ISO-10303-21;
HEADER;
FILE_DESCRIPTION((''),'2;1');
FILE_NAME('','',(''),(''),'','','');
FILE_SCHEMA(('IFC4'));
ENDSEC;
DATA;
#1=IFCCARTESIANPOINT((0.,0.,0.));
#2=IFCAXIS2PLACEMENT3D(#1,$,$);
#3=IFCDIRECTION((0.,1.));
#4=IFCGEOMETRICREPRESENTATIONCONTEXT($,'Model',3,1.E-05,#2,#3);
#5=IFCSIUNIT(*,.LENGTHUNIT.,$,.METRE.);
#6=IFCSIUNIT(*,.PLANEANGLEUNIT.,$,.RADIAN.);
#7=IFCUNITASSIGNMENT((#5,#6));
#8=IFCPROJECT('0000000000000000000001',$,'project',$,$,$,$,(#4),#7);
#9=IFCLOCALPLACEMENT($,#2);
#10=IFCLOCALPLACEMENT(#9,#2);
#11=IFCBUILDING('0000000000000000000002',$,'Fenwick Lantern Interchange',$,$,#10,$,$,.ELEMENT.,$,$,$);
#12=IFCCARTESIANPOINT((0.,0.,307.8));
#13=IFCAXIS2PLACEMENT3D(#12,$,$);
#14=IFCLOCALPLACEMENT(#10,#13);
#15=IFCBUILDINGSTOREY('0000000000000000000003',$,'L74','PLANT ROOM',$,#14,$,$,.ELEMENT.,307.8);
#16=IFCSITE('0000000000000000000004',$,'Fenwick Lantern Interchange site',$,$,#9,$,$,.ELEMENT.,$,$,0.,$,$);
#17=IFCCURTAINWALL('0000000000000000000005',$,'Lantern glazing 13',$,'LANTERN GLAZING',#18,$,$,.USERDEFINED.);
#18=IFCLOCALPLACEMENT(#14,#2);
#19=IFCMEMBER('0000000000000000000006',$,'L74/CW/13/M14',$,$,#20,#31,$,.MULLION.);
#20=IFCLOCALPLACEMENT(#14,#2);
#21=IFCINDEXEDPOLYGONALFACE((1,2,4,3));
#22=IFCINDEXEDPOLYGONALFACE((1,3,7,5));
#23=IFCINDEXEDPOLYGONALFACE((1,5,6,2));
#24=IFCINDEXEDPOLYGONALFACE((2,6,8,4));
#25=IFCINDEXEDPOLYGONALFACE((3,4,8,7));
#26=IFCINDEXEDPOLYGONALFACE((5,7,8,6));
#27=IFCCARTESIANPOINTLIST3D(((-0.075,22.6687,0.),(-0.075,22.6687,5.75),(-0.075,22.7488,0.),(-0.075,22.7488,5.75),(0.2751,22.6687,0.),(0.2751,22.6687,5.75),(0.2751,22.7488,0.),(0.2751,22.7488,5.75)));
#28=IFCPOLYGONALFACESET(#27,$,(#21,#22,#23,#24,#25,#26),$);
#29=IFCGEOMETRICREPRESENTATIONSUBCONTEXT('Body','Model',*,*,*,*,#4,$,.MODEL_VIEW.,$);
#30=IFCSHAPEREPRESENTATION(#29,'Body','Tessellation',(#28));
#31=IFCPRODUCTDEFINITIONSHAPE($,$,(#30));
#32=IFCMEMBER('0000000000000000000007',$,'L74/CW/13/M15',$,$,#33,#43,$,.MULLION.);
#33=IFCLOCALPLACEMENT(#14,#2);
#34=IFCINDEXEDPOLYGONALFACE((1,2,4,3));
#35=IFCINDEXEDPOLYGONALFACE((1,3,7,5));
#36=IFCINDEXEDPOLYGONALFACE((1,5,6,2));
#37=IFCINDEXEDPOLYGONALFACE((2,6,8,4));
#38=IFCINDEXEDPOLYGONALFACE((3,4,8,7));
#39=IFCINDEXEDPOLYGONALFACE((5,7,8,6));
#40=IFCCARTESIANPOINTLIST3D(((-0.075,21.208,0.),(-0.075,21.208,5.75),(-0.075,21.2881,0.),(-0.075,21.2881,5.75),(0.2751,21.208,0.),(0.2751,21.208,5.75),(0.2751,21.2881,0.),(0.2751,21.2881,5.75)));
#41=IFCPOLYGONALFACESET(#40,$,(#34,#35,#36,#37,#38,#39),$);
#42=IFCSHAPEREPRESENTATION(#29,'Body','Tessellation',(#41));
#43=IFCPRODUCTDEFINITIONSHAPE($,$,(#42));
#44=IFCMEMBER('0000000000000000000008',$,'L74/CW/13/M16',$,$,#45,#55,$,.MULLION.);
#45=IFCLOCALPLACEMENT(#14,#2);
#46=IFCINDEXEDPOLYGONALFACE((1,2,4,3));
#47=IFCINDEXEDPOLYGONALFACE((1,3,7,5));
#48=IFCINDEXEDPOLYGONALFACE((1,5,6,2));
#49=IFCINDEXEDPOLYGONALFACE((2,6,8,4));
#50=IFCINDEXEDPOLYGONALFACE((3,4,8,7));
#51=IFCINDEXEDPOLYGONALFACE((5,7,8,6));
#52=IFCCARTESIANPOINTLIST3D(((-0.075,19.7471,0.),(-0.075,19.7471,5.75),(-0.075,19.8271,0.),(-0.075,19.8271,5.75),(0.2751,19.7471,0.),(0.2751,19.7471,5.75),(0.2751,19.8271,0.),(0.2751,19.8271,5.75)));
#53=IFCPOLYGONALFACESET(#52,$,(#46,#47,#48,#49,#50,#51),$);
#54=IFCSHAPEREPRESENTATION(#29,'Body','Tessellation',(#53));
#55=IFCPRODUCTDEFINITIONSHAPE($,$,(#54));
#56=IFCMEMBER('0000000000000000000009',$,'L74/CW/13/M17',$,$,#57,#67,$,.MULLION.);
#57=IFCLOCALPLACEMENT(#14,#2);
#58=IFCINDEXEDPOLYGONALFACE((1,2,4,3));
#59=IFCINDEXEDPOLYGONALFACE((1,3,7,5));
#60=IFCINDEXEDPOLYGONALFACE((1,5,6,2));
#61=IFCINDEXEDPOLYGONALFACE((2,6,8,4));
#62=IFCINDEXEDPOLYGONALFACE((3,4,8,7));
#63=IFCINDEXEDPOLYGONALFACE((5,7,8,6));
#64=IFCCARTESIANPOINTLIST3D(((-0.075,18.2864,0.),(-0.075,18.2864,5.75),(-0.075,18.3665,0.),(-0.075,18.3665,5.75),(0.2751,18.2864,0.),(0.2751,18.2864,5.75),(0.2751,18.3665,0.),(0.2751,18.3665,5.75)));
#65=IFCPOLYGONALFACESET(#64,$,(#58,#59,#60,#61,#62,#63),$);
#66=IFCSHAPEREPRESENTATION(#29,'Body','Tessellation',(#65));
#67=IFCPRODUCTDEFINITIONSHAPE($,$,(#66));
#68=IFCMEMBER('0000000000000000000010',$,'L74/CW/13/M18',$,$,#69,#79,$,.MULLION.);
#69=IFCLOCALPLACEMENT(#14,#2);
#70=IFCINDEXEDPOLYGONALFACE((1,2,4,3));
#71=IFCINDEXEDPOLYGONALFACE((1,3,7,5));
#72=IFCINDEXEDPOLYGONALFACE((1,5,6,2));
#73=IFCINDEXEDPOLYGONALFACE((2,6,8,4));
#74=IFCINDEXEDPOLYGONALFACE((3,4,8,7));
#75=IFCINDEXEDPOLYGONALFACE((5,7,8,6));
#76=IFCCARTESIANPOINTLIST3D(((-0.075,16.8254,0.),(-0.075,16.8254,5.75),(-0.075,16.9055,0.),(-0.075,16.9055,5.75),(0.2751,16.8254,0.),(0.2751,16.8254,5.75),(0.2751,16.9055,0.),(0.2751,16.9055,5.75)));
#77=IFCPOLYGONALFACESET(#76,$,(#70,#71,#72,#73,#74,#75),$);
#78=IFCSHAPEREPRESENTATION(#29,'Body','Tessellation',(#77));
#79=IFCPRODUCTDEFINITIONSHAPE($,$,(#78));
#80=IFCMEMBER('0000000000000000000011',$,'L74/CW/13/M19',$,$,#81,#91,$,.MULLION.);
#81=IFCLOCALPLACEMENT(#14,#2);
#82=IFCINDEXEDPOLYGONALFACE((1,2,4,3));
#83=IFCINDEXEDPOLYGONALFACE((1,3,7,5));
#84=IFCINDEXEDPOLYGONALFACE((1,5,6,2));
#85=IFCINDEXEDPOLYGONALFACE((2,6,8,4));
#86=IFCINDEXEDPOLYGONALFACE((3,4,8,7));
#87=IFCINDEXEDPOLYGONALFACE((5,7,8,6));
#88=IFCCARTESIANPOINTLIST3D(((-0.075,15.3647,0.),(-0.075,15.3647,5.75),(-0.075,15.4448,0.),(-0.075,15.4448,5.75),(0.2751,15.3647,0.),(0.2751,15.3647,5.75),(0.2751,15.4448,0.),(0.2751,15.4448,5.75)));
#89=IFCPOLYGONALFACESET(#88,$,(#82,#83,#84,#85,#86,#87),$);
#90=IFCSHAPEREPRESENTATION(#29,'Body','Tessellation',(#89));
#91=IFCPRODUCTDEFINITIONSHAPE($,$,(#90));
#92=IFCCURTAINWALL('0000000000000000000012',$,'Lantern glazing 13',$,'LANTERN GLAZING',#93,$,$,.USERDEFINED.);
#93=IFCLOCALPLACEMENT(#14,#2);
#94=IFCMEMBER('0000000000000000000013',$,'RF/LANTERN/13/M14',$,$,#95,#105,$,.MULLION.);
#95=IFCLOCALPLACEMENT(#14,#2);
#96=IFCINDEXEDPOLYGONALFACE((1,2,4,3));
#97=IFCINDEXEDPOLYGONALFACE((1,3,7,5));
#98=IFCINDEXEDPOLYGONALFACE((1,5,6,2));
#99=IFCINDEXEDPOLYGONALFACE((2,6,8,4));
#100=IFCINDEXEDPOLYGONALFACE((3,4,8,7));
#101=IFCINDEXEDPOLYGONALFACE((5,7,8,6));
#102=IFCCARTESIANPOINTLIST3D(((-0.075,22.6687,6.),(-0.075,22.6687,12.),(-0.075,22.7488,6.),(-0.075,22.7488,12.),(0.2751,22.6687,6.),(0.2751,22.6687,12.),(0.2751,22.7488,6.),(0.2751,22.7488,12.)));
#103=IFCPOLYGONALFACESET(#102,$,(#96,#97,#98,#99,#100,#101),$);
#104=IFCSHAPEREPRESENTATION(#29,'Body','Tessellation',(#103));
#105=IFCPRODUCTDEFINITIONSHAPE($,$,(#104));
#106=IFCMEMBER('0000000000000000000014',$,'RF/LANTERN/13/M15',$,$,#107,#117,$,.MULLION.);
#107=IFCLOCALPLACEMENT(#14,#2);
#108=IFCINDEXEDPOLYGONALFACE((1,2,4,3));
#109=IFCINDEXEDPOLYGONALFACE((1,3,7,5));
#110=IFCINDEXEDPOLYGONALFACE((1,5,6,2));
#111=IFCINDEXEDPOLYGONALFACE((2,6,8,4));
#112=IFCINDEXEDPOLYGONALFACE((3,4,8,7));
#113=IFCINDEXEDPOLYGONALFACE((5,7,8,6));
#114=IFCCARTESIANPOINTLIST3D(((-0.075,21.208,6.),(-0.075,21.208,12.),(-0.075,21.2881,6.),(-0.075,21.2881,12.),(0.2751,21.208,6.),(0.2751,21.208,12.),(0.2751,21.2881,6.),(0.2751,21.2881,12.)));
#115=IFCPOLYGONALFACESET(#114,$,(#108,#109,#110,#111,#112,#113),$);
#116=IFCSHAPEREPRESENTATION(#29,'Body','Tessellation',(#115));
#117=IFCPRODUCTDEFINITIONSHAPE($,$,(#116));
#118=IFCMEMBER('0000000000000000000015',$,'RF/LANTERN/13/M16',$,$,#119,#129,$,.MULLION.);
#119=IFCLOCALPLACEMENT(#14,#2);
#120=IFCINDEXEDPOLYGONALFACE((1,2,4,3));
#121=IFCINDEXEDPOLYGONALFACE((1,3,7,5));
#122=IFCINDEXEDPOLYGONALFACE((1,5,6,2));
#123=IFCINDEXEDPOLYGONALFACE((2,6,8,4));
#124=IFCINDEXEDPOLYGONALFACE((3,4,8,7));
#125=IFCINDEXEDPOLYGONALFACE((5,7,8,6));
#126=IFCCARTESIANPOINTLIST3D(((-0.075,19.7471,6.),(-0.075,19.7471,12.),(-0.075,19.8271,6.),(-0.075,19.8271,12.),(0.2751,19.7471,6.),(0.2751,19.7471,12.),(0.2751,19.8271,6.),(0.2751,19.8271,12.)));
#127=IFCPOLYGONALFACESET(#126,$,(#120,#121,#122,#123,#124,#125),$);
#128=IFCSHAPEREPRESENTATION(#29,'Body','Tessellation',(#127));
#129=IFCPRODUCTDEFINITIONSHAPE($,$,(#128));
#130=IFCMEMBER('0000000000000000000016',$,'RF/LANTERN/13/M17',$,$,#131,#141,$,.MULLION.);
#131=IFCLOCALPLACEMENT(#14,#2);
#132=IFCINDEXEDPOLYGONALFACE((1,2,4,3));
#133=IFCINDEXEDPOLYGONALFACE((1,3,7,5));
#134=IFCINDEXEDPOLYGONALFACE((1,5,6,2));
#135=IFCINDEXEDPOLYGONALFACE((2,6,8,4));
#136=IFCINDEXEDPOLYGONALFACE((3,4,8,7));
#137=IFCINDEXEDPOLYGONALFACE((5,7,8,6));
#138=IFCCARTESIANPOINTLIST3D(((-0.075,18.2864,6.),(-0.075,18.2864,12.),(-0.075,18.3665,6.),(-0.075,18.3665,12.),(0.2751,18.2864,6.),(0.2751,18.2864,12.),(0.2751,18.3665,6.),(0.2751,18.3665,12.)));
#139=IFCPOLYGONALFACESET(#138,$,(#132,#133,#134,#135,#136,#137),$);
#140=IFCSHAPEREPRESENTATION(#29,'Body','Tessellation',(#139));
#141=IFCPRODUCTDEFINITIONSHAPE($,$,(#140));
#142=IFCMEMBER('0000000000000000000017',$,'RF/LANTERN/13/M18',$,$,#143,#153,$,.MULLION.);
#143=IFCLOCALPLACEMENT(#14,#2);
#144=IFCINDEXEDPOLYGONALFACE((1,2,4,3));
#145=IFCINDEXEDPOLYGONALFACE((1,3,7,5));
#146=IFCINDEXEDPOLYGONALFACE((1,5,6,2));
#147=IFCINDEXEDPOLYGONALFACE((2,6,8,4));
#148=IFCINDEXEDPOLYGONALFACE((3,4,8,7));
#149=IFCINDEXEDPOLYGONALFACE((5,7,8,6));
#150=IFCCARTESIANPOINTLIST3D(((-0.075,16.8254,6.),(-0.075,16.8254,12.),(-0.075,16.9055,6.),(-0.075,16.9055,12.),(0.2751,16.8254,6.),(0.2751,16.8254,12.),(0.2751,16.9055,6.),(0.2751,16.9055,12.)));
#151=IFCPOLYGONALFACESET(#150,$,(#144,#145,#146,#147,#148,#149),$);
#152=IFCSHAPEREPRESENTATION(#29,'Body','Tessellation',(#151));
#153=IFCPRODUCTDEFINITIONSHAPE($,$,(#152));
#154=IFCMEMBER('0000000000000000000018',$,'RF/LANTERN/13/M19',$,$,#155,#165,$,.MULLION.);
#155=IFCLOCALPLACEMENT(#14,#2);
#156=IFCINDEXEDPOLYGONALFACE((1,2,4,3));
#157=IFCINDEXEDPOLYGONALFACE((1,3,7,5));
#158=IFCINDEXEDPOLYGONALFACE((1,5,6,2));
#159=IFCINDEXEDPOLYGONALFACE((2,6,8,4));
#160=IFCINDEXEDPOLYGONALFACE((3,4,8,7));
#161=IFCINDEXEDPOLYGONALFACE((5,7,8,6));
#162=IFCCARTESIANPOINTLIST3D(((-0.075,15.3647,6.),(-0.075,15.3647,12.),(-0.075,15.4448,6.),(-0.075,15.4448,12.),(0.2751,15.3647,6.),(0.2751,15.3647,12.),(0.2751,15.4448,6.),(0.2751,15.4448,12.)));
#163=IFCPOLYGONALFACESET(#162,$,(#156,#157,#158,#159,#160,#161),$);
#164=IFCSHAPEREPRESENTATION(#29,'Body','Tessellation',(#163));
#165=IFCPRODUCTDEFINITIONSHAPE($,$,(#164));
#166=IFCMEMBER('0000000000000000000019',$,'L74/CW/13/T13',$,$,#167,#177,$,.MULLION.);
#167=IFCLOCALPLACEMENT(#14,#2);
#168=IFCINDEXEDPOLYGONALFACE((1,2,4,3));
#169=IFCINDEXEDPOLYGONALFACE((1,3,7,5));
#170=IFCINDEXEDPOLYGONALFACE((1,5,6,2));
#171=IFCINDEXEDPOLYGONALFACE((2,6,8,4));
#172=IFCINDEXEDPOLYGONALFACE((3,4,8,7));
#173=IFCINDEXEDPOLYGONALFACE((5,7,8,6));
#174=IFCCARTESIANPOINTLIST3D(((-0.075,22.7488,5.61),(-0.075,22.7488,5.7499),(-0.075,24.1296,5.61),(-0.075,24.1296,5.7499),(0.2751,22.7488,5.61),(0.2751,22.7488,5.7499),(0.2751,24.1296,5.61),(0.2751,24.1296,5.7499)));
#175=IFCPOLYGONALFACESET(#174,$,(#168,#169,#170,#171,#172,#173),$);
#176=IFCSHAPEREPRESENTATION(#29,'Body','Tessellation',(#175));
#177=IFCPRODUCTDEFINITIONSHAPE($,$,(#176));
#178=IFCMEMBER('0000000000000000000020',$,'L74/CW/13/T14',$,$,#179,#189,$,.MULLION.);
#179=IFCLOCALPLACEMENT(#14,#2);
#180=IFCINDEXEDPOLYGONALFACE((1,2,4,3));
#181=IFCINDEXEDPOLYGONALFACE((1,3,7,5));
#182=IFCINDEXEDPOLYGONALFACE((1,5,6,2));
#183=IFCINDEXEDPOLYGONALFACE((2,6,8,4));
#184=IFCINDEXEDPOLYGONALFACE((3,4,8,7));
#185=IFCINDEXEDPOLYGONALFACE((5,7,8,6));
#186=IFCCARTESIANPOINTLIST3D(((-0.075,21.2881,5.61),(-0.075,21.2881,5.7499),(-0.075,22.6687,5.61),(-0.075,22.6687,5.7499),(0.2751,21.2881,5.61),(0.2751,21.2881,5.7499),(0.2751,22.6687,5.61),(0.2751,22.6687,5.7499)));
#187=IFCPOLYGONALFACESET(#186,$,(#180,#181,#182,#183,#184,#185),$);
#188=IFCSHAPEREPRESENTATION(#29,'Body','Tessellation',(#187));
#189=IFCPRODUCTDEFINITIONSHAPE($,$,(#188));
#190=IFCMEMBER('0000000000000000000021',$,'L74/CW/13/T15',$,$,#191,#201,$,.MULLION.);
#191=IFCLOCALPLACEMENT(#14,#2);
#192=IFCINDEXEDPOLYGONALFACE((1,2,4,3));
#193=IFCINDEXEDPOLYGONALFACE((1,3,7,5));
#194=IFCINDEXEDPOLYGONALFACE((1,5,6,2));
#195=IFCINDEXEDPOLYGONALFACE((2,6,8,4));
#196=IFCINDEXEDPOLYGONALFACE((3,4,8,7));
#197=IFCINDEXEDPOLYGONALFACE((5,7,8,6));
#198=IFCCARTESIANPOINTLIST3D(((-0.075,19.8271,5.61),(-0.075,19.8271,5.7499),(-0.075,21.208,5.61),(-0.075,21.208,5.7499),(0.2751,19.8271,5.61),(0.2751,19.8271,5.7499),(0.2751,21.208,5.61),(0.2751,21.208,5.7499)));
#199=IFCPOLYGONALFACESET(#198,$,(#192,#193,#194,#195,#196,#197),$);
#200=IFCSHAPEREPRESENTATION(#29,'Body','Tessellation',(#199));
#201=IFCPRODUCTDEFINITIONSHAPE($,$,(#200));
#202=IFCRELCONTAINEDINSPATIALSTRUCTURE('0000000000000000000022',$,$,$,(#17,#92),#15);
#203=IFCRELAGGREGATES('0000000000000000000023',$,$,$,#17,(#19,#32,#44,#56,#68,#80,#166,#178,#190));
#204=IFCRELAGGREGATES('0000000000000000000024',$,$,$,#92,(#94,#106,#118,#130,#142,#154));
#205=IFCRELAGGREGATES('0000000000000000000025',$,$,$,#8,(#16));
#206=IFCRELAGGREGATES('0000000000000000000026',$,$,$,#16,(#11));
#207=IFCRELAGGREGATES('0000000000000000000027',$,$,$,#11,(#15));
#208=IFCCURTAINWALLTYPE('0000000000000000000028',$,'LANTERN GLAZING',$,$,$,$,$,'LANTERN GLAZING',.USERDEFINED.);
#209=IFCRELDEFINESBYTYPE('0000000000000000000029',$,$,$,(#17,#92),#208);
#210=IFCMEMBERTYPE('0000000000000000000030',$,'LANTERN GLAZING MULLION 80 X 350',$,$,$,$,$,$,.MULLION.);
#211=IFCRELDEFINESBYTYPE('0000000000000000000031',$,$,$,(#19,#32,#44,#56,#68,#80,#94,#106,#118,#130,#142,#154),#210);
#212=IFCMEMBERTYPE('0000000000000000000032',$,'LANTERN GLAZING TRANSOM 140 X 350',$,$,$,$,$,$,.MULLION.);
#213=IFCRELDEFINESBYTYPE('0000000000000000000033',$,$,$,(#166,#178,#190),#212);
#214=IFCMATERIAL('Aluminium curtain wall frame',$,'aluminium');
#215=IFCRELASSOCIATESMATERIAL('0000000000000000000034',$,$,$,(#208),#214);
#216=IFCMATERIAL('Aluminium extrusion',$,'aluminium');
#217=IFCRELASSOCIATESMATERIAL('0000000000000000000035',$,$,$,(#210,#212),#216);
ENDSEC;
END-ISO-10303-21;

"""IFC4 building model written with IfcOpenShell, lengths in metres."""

from ifc_helpers import new_model, si_unit, direction, frame, origin, origin_2d, place, context, subcontext, project, spatial, rectangle, extrude, material, material_profile, profile_set, type_object, element, aggregate, save


model = new_model("IFC4")

# Units and contexts
model_context = context("Model", 3, precision=1e-05, world=origin(), true_north=direction((0.0, 1.0)))
body_context = subcontext(model_context, "Body", "Model", "MODEL_VIEW")
ifc_project = project(units=[si_unit("LENGTHUNIT", "METRE"), si_unit("PLANEANGLEUNIT", "RADIAN")], contexts=[model_context])

# Site, building, storey
site_placement = place(None, origin())
site = spatial("IfcSite", under=ifc_project, at=site_placement, Name="Fenwick Lantern Interchange site", CompositionType="ELEMENT", RefElevation=0.0)
building_placement = place(site_placement, origin())
building = spatial("IfcBuilding", under=site, at=building_placement, Name="Fenwick Lantern Interchange", CompositionType="ELEMENT")
storey_placement = place(building_placement, frame((0.0, 0.0, 307.8)))
storey = spatial("IfcBuildingStorey", under=building, at=storey_placement, Name="L74", Description="PLANT ROOM", CompositionType="ELEMENT", Elevation=307.8)

# Curtain walls, members
ifc_material_1 = material(Name="Aluminium curtain wall frame", Category="aluminium")
curtain_wall_type = type_object("IfcCurtainWallType", Name="LANTERN GLAZING", ElementType="LANTERN GLAZING", PredefinedType="USERDEFINED", material=ifc_material_1)
curtain_wall_1_placement = place(storey_placement, origin())
curtain_wall_1 = element("IfcCurtainWall", 1, at=curtain_wall_1_placement, inside=storey, type_object=curtain_wall_type, Name="Lantern glazing 13", ObjectType="LANTERN GLAZING", PredefinedType="USERDEFINED")
ifc_material_2 = material(Name="Aluminium extrusion", Category="aluminium")
ifc_material_profile_1 = material_profile(ifc_material_2, rectangle(XDim=0.3501, YDim=0.0801, at=origin_2d()), Name="LANTERN GLAZING MULLION 80 X 350")
ifc_profile_set_1 = profile_set([ifc_material_profile_1], Name="Aluminium extrusion")
member_type_1 = type_object("IfcMemberType", Name="LANTERN GLAZING MULLION 80 X 350", PredefinedType="MULLION", material=ifc_profile_set_1)
member_1_placement = place(storey_placement, frame((0.1001, 22.7087, 0.0), z_axis=(0.0, 0.0, 1.0), x_axis=(1.0, 0.0, 0.0)))
member_1 = element("IfcMember", 2, at=member_1_placement, type_object=member_type_1, Name="L74/CW/13/M14", PredefinedType="MULLION", context=body_context, shape_type="SweptSolid", body=[
    extrude(rectangle(XDim=0.3501, YDim=0.0801, at=origin_2d()), origin(), (0.0, 0.0, 1.0), 5.75),
])
member_2_placement = place(storey_placement, frame((0.1001, 21.248, 0.0), z_axis=(0.0, 0.0, 1.0), x_axis=(1.0, 0.0, 0.0)))
member_2 = element("IfcMember", 3, at=member_2_placement, type_object=member_type_1, Name="L74/CW/13/M15", PredefinedType="MULLION", context=body_context, shape_type="SweptSolid", body=[
    extrude(rectangle(XDim=0.3501, YDim=0.0801, at=origin_2d()), origin(), (0.0, 0.0, 1.0), 5.75),
])
member_3_placement = place(storey_placement, frame((0.1001, 19.7871, 0.0), z_axis=(0.0, 0.0, 1.0), x_axis=(1.0, 0.0, 0.0)))
member_3 = element("IfcMember", 4, at=member_3_placement, type_object=member_type_1, Name="L74/CW/13/M16", PredefinedType="MULLION", context=body_context, shape_type="SweptSolid", body=[
    extrude(rectangle(XDim=0.3501, YDim=0.0801, at=origin_2d()), origin(), (0.0, 0.0, 1.0), 5.75),
])
member_4_placement = place(storey_placement, frame((0.1001, 18.3264, 0.0), z_axis=(0.0, 0.0, 1.0), x_axis=(1.0, 0.0, 0.0)))
member_4 = element("IfcMember", 5, at=member_4_placement, type_object=member_type_1, Name="L74/CW/13/M17", PredefinedType="MULLION", context=body_context, shape_type="SweptSolid", body=[
    extrude(rectangle(XDim=0.3501, YDim=0.0801, at=origin_2d()), origin(), (0.0, 0.0, 1.0), 5.75),
])
member_5_placement = place(storey_placement, frame((0.1001, 16.8655, 0.0), z_axis=(0.0, 0.0, 1.0), x_axis=(1.0, 0.0, 0.0)))
member_5 = element("IfcMember", 6, at=member_5_placement, type_object=member_type_1, Name="L74/CW/13/M18", PredefinedType="MULLION", context=body_context, shape_type="SweptSolid", body=[
    extrude(rectangle(XDim=0.3501, YDim=0.0801, at=origin_2d()), origin(), (0.0, 0.0, 1.0), 5.75),
])
member_6_placement = place(storey_placement, frame((0.1001, 15.4048, 0.0), z_axis=(0.0, 0.0, 1.0), x_axis=(1.0, 0.0, 0.0)))
member_6 = element("IfcMember", 7, at=member_6_placement, type_object=member_type_1, Name="L74/CW/13/M19", PredefinedType="MULLION", context=body_context, shape_type="SweptSolid", body=[
    extrude(rectangle(XDim=0.3501, YDim=0.0801, at=origin_2d()), origin(), (0.0, 0.0, 1.0), 5.75),
])
curtain_wall_2_placement = place(storey_placement, origin())
curtain_wall_2 = element("IfcCurtainWall", 8, at=curtain_wall_2_placement, inside=storey, type_object=curtain_wall_type, Name="Lantern glazing 13", ObjectType="LANTERN GLAZING", PredefinedType="USERDEFINED")
member_7_placement = place(storey_placement, frame((0.1001, 22.7087, 6.0), z_axis=(0.0, 0.0, 1.0), x_axis=(1.0, 0.0, 0.0)))
member_7 = element("IfcMember", 9, at=member_7_placement, type_object=member_type_1, Name="RF/LANTERN/13/M14", PredefinedType="MULLION", context=body_context, shape_type="SweptSolid", body=[
    extrude(rectangle(XDim=0.3501, YDim=0.0801, at=origin_2d()), origin(), (0.0, 0.0, 1.0), 6.0),
])
member_8_placement = place(storey_placement, frame((0.1001, 21.248, 6.0), z_axis=(0.0, 0.0, 1.0), x_axis=(1.0, 0.0, 0.0)))
member_8 = element("IfcMember", 10, at=member_8_placement, type_object=member_type_1, Name="RF/LANTERN/13/M15", PredefinedType="MULLION", context=body_context, shape_type="SweptSolid", body=[
    extrude(rectangle(XDim=0.3501, YDim=0.0801, at=origin_2d()), origin(), (0.0, 0.0, 1.0), 6.0),
])
member_9_placement = place(storey_placement, frame((0.1001, 19.7871, 6.0), z_axis=(0.0, 0.0, 1.0), x_axis=(1.0, 0.0, 0.0)))
member_9 = element("IfcMember", 11, at=member_9_placement, type_object=member_type_1, Name="RF/LANTERN/13/M16", PredefinedType="MULLION", context=body_context, shape_type="SweptSolid", body=[
    extrude(rectangle(XDim=0.3501, YDim=0.0801, at=origin_2d()), origin(), (0.0, 0.0, 1.0), 6.0),
])
member_10_placement = place(storey_placement, frame((0.1001, 18.3264, 6.0), z_axis=(0.0, 0.0, 1.0), x_axis=(1.0, 0.0, 0.0)))
member_10 = element("IfcMember", 12, at=member_10_placement, type_object=member_type_1, Name="RF/LANTERN/13/M17", PredefinedType="MULLION", context=body_context, shape_type="SweptSolid", body=[
    extrude(rectangle(XDim=0.3501, YDim=0.0801, at=origin_2d()), origin(), (0.0, 0.0, 1.0), 6.0),
])
member_11_placement = place(storey_placement, frame((0.1001, 16.8655, 6.0), z_axis=(0.0, 0.0, 1.0), x_axis=(1.0, 0.0, 0.0)))
member_11 = element("IfcMember", 13, at=member_11_placement, type_object=member_type_1, Name="RF/LANTERN/13/M18", PredefinedType="MULLION", context=body_context, shape_type="SweptSolid", body=[
    extrude(rectangle(XDim=0.3501, YDim=0.0801, at=origin_2d()), origin(), (0.0, 0.0, 1.0), 6.0),
])
member_12_placement = place(storey_placement, frame((0.1001, 15.4048, 6.0), z_axis=(0.0, 0.0, 1.0), x_axis=(1.0, 0.0, 0.0)))
member_12 = element("IfcMember", 14, at=member_12_placement, type_object=member_type_1, Name="RF/LANTERN/13/M19", PredefinedType="MULLION", context=body_context, shape_type="SweptSolid", body=[
    extrude(rectangle(XDim=0.3501, YDim=0.0801, at=origin_2d()), origin(), (0.0, 0.0, 1.0), 6.0),
])

# Members
ifc_material_profile_2 = material_profile(ifc_material_2, rectangle(XDim=0.3501, YDim=0.1399, at=origin_2d()), Name="LANTERN GLAZING TRANSOM 140 X 350")
ifc_profile_set_2 = profile_set([ifc_material_profile_2], Name="Aluminium extrusion")
member_type_2 = type_object("IfcMemberType", Name="LANTERN GLAZING TRANSOM 140 X 350", PredefinedType="MULLION", material=ifc_profile_set_2)
member_13_placement = place(storey_placement, frame((0.1001, 24.1296, 5.6799), z_axis=(0.0, -1.0, 0.0), x_axis=(1.0, 0.0, 0.0)))
member_13 = element("IfcMember", 15, at=member_13_placement, type_object=member_type_2, Name="L74/CW/13/T13", PredefinedType="MULLION", context=body_context, shape_type="SweptSolid", body=[
    extrude(rectangle(XDim=0.3501, YDim=0.1399, at=origin_2d()), origin(), (0.0, 0.0, 1.0), 1.3809),
])
member_14_placement = place(storey_placement, frame((0.1001, 22.6687, 5.6799), z_axis=(0.0, -1.0, 0.0), x_axis=(1.0, 0.0, 0.0)))
member_14 = element("IfcMember", 16, at=member_14_placement, type_object=member_type_2, Name="L74/CW/13/T14", PredefinedType="MULLION", context=body_context, shape_type="SweptSolid", body=[
    extrude(rectangle(XDim=0.3501, YDim=0.1399, at=origin_2d()), origin(), (0.0, 0.0, 1.0), 1.3806),
])
member_15_placement = place(storey_placement, frame((0.1001, 21.208, 5.6799), z_axis=(0.0, -1.0, 0.0), x_axis=(1.0, 0.0, 0.0)))
member_15 = element("IfcMember", 17, at=member_15_placement, type_object=member_type_2, Name="L74/CW/13/T15", PredefinedType="MULLION", context=body_context, shape_type="SweptSolid", body=[
    extrude(rectangle(XDim=0.3501, YDim=0.1399, at=origin_2d()), origin(), (0.0, 0.0, 1.0), 1.3809),
])

aggregate(curtain_wall_1, [member_1, member_2, member_3, member_4, member_5, member_6, member_13, member_14, member_15])
aggregate(curtain_wall_2, [member_7, member_8, member_9, member_10, member_11, member_12])

save(model, "model.ifc")
